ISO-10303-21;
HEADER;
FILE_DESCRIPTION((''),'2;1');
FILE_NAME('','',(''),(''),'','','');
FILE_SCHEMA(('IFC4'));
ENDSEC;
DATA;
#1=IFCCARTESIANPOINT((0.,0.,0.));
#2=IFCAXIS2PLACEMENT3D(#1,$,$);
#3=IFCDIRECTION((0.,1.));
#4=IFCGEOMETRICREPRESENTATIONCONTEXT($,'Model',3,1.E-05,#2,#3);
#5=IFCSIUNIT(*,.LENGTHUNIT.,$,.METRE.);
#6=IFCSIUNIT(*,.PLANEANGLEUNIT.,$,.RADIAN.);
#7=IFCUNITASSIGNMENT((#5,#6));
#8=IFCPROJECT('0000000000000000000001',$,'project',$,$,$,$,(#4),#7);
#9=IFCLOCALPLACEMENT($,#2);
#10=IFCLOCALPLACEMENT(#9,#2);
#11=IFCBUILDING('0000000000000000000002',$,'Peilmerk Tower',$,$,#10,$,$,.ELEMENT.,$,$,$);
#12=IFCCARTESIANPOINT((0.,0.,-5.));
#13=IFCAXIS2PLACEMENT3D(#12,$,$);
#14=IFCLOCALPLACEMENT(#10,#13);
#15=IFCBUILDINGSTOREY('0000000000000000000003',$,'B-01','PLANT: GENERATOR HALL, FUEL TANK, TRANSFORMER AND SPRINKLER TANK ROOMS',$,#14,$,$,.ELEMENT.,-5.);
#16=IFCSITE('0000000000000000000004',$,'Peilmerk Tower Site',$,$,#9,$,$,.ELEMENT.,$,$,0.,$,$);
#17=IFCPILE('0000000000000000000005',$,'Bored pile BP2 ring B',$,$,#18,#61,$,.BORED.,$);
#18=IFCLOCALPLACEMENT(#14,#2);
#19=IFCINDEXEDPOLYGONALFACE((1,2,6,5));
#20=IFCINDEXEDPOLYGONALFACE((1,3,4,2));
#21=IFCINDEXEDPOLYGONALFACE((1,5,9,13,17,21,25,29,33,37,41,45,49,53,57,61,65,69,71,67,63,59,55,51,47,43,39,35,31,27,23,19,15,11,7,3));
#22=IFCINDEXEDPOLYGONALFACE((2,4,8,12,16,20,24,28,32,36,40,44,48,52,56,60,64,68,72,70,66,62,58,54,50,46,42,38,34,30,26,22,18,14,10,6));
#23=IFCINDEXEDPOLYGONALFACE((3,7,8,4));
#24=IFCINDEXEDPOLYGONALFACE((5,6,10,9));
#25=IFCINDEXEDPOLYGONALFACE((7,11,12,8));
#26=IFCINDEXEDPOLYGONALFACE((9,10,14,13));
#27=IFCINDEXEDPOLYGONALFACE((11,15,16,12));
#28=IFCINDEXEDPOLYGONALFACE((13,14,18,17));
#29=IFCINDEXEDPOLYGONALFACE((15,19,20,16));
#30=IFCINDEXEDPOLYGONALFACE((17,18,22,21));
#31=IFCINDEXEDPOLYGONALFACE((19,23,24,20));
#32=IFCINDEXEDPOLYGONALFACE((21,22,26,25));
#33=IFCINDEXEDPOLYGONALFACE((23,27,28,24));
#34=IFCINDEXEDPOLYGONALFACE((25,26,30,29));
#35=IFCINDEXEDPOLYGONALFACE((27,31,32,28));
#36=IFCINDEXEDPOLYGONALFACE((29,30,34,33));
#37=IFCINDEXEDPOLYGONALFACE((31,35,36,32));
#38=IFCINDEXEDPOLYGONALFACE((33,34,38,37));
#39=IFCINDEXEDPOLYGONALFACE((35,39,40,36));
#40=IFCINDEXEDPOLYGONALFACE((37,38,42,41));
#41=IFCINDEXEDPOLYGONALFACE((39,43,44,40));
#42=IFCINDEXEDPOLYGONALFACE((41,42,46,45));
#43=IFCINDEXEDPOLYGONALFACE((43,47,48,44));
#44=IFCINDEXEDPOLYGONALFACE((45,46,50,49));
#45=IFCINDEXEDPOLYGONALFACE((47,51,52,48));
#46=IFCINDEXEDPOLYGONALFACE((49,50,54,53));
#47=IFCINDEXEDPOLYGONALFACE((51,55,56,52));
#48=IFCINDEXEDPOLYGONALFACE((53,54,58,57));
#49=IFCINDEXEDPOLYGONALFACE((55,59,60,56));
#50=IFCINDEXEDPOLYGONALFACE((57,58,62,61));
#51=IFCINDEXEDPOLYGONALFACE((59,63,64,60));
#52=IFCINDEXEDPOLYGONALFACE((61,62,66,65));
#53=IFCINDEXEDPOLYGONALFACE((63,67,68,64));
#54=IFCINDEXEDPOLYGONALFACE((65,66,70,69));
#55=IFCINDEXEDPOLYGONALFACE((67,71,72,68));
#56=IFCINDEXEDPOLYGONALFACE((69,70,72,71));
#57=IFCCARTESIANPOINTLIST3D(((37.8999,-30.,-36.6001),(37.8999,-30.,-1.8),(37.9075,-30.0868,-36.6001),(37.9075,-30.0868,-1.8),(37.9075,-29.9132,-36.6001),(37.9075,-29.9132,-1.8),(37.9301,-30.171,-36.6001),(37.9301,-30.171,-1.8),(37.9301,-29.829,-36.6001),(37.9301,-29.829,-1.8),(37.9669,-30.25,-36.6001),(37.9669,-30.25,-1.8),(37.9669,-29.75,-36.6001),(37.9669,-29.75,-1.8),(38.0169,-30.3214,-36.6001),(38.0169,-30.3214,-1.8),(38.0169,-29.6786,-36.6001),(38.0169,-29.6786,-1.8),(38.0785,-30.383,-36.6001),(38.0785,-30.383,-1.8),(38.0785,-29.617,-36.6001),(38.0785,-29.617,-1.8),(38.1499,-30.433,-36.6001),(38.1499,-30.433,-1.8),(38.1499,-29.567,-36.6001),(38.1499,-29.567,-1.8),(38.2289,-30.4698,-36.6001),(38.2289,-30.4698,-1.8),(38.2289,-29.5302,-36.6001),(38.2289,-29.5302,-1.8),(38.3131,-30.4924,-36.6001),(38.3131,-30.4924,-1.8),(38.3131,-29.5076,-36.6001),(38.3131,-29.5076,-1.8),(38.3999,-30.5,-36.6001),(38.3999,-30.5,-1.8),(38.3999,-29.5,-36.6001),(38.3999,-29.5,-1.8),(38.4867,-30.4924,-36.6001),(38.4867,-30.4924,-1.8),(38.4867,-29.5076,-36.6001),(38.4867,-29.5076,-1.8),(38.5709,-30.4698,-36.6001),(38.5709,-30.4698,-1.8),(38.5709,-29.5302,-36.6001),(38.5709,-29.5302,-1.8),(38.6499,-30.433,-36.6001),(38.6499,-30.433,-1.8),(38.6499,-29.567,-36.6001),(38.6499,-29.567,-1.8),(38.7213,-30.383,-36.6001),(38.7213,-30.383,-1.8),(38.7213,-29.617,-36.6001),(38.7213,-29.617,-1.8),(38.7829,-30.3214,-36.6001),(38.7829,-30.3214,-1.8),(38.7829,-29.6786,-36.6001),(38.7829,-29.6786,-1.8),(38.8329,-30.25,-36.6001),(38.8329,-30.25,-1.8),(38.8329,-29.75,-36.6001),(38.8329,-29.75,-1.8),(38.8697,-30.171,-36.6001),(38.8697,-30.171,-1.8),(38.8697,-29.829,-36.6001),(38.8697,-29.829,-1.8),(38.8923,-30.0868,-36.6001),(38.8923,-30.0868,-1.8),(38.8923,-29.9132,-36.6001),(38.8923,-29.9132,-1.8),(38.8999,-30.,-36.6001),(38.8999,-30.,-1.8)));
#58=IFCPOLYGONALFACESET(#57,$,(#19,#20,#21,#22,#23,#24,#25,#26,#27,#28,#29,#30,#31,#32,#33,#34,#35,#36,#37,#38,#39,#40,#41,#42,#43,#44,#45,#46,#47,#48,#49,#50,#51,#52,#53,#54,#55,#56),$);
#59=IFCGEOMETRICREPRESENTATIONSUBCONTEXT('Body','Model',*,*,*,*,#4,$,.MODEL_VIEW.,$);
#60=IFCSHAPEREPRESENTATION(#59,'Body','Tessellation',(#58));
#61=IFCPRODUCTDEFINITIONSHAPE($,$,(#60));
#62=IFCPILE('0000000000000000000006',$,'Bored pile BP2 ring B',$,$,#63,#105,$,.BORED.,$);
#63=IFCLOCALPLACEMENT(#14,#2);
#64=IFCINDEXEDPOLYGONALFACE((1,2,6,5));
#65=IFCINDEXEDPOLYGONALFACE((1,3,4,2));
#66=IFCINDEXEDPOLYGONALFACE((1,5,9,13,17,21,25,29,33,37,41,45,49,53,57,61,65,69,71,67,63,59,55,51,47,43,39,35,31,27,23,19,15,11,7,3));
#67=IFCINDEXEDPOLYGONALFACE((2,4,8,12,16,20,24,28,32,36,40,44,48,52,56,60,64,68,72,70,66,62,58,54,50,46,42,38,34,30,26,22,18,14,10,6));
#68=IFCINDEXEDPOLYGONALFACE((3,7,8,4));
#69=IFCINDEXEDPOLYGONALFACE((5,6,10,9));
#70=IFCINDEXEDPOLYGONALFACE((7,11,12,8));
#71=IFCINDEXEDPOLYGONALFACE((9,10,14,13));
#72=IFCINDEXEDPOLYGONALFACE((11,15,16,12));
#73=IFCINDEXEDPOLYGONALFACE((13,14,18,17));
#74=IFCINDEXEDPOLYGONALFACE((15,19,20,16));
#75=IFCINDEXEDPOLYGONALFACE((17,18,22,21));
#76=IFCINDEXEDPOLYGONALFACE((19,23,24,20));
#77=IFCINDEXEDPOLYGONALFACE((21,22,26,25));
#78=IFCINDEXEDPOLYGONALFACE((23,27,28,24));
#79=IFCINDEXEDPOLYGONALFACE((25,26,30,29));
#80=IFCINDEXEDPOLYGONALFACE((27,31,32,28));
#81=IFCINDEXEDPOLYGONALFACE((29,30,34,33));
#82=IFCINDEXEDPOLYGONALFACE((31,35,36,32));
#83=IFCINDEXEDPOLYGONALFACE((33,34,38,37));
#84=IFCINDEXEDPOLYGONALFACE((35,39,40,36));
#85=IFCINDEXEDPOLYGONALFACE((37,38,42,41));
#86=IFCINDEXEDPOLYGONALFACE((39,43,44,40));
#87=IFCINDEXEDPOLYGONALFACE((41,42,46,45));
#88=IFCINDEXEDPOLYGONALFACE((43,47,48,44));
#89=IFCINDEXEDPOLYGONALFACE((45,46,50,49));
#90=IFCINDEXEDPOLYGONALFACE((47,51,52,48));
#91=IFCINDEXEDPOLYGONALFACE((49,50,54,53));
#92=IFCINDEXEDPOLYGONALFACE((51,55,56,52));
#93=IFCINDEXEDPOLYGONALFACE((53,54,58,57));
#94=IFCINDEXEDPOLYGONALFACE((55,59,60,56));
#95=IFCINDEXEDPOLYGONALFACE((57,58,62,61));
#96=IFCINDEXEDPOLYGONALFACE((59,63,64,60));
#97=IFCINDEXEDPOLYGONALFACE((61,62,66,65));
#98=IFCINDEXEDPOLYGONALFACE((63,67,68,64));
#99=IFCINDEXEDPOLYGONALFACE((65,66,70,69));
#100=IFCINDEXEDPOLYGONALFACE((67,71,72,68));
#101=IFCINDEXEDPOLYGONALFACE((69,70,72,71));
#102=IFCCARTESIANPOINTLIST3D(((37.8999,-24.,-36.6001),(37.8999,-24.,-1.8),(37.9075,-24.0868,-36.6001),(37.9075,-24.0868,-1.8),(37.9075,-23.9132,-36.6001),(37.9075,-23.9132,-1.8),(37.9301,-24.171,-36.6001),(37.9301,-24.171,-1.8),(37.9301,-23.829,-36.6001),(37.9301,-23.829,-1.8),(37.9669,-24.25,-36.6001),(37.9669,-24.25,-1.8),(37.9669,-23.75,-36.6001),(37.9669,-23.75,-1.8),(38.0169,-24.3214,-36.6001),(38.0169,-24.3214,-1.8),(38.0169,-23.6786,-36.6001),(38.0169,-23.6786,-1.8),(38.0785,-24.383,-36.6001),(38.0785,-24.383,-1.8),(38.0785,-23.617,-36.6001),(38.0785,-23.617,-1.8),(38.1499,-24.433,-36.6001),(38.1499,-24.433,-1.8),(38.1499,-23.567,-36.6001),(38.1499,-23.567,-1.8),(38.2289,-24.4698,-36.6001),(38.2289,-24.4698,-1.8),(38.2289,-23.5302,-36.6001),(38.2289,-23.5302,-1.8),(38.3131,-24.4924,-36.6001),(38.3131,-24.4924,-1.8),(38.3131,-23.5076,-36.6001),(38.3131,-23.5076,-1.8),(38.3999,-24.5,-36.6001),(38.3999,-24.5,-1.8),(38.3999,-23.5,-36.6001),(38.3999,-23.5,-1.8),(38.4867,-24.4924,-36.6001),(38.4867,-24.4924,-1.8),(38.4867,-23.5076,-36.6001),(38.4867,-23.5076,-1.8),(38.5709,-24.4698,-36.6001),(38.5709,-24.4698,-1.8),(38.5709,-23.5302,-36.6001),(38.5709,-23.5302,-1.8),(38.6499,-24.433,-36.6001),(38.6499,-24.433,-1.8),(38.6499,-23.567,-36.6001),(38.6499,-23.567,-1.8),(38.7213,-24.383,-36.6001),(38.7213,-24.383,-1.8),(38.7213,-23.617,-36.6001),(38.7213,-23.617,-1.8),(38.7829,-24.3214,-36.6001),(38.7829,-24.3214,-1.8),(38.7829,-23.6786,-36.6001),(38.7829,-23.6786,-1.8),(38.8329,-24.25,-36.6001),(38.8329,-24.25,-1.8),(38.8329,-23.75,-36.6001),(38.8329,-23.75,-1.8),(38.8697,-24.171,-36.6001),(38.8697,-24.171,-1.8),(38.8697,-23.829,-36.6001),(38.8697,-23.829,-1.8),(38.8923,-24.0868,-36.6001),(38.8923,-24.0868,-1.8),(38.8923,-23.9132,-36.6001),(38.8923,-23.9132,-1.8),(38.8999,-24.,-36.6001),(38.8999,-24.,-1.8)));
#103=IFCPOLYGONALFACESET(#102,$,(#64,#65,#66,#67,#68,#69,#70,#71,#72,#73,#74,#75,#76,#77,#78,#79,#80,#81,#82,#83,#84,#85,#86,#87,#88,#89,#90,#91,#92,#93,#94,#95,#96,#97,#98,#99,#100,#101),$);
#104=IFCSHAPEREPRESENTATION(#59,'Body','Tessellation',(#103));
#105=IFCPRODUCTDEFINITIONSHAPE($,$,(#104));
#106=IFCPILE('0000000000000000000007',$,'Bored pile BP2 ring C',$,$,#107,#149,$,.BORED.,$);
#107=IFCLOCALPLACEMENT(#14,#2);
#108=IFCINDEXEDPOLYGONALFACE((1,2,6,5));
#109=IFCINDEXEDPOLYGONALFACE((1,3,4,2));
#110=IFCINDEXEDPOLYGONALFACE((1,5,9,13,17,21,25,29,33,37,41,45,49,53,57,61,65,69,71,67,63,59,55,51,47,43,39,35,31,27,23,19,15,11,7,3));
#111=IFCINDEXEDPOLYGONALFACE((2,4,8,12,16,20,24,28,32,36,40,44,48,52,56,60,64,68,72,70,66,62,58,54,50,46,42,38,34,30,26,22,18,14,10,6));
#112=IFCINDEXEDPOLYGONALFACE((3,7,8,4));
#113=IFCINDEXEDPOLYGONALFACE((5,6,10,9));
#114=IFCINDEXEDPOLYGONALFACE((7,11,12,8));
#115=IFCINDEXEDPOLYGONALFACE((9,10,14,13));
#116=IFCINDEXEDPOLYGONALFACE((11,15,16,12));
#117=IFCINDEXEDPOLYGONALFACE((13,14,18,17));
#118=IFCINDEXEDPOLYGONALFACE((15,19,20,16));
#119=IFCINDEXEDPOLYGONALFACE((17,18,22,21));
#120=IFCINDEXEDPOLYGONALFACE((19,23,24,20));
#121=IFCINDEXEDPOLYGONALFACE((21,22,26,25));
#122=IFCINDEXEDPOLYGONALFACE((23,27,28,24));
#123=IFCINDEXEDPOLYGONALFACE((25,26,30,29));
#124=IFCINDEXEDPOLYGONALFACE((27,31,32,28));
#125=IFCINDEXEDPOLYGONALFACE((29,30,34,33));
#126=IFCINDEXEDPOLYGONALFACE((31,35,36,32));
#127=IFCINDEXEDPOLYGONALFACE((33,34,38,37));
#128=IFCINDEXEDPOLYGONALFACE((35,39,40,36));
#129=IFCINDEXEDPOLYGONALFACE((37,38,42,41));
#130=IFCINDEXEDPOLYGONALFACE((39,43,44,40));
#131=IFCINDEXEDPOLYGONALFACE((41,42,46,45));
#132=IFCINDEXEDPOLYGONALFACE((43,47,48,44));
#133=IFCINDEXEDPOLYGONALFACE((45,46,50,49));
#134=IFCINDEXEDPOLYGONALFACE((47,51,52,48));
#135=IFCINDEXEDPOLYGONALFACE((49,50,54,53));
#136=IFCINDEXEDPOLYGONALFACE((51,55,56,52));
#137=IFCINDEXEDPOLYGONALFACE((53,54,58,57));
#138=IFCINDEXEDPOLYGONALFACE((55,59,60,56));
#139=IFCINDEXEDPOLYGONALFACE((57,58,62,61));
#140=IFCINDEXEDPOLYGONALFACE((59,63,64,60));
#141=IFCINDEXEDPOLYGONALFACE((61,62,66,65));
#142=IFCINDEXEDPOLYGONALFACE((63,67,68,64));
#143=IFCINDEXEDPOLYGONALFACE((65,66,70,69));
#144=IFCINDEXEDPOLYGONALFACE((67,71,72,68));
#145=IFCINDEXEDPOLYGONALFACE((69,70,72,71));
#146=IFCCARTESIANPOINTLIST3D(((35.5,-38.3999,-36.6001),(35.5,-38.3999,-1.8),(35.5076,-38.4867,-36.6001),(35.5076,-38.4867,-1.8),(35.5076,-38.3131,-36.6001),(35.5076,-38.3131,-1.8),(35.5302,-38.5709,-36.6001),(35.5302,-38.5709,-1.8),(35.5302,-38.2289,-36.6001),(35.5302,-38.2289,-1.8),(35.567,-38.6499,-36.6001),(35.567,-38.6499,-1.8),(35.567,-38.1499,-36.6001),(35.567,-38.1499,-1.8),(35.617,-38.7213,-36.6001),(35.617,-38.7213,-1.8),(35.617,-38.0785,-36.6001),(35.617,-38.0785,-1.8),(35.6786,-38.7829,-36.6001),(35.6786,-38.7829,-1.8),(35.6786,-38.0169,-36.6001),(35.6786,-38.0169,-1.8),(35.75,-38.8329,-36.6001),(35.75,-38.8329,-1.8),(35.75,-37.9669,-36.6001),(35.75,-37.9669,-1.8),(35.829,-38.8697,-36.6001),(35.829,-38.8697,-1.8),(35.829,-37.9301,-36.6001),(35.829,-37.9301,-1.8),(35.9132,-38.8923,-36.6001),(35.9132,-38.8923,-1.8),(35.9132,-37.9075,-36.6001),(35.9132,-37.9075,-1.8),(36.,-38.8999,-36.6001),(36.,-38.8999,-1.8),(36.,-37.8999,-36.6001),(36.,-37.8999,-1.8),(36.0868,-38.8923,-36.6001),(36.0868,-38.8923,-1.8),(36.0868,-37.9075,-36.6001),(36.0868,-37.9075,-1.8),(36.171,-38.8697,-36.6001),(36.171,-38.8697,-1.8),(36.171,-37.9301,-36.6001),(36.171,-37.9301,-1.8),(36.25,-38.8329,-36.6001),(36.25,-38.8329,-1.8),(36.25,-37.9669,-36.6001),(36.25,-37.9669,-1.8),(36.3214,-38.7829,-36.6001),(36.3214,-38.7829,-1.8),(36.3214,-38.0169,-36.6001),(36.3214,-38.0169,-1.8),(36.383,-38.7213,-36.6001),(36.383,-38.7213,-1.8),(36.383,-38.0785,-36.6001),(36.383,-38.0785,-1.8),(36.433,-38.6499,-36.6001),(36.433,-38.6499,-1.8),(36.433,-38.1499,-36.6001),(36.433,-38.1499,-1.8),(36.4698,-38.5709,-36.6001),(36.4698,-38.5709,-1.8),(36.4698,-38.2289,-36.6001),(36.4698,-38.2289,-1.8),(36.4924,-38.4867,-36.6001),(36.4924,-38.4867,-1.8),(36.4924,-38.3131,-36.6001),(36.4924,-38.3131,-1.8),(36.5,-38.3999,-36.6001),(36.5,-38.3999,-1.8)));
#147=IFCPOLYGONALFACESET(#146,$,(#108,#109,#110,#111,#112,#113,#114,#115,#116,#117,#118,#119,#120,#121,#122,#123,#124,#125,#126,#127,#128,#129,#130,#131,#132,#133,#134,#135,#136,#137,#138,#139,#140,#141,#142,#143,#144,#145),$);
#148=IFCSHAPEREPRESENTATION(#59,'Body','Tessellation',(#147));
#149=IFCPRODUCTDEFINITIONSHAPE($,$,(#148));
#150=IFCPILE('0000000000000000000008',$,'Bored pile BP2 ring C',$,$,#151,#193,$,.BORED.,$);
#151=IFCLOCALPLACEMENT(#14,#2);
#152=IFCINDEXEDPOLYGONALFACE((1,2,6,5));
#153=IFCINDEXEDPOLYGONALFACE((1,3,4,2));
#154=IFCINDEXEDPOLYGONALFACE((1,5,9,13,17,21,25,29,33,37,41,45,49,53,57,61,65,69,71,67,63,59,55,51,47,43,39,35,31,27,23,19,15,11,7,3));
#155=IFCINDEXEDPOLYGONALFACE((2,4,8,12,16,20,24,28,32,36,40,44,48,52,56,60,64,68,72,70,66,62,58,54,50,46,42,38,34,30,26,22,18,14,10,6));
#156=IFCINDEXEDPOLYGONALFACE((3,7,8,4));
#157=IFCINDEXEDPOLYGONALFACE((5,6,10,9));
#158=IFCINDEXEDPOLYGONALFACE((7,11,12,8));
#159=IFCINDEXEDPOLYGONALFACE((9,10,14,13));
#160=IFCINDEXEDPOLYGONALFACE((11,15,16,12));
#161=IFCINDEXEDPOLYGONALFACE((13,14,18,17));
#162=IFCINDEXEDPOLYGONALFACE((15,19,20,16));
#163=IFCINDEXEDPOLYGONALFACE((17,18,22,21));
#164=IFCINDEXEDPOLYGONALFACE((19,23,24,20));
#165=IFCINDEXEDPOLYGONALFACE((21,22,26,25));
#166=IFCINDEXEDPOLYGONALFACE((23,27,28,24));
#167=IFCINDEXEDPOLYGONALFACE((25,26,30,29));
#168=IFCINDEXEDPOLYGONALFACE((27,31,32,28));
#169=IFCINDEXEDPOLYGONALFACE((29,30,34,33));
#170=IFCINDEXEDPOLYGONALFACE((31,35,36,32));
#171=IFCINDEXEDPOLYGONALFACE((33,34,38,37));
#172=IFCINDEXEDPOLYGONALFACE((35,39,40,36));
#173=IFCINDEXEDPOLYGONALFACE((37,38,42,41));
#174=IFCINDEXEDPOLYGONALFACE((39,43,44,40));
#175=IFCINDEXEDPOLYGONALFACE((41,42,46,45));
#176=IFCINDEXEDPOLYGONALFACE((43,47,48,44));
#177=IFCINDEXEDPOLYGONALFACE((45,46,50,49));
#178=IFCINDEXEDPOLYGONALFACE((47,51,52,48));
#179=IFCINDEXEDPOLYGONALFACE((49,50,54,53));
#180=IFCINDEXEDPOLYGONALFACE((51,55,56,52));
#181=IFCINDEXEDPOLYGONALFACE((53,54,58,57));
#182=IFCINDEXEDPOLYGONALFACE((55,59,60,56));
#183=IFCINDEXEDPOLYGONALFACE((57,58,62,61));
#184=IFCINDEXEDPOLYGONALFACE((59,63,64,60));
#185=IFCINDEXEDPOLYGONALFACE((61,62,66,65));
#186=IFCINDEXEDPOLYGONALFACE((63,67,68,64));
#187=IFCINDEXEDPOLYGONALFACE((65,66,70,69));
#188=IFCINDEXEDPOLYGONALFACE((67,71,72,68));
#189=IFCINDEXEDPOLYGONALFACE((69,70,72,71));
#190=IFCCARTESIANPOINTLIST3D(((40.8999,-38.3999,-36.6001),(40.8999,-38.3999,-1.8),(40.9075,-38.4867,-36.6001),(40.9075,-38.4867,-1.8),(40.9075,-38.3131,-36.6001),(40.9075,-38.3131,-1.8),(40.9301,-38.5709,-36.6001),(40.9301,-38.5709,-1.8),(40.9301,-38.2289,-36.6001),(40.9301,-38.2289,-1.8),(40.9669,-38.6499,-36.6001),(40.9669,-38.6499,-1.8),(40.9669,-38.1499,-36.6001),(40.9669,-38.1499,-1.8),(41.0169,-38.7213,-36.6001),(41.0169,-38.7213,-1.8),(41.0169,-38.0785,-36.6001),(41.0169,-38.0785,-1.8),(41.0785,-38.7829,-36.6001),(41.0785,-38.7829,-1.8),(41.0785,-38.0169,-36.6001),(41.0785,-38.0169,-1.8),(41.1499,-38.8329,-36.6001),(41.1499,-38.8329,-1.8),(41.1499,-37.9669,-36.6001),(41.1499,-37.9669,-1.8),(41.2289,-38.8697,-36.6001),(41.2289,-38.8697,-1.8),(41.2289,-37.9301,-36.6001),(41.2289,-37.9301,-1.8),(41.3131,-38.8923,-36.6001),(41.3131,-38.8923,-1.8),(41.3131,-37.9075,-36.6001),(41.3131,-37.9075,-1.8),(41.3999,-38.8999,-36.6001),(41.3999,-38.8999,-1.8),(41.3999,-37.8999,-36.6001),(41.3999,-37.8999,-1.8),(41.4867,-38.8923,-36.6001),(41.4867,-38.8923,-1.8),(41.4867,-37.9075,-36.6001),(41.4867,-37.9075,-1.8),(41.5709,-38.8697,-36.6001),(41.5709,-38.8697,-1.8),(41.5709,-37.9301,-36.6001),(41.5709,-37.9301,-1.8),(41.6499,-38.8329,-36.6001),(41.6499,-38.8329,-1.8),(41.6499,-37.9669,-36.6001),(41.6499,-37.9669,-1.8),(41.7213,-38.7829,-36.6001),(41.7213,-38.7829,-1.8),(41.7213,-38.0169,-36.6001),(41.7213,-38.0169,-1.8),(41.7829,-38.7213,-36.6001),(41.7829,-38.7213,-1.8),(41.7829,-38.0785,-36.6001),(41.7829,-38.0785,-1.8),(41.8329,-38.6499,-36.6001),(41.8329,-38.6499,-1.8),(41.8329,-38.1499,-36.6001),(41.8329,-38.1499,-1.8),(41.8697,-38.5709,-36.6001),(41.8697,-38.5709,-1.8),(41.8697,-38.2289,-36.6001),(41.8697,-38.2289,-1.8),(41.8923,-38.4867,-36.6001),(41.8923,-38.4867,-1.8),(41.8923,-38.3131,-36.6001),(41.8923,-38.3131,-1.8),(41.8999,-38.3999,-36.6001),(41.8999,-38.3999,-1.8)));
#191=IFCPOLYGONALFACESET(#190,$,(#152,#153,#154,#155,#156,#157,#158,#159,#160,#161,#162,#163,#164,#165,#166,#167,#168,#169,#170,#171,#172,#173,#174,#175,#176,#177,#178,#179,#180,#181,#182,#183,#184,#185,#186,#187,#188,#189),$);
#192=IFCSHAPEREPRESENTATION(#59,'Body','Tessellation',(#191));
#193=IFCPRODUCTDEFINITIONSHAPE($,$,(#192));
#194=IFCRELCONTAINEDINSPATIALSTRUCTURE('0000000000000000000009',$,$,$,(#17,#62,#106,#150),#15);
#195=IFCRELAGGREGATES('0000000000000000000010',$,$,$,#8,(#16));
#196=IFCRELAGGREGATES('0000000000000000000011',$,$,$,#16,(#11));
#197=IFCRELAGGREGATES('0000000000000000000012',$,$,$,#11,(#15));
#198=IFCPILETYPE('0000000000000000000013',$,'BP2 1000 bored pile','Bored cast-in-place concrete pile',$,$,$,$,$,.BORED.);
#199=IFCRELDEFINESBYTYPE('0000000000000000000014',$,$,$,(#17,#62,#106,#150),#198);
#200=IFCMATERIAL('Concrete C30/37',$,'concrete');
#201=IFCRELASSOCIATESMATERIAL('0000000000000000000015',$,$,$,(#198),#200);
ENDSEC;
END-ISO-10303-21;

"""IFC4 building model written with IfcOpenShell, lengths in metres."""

from ifc_helpers import new_model, si_unit, direction, frame, origin, origin_2d, place, context, subcontext, project, spatial, circle, extrude, material, material_profile, profile_set, type_object, element, save


model = new_model("IFC4")

# Units and contexts
model_context = context("Model", 3, precision=1e-05, world=origin(), true_north=direction((0.0, 1.0)))
body_context = subcontext(model_context, "Body", "Model", "MODEL_VIEW")
ifc_project = project(units=[si_unit("LENGTHUNIT", "METRE"), si_unit("PLANEANGLEUNIT", "RADIAN")], contexts=[model_context])

# Site, building, storey
site_placement = place(None, origin())
site = spatial("IfcSite", under=ifc_project, at=site_placement, Name="Peilmerk Tower Site", CompositionType="ELEMENT", RefElevation=0.0)
building_placement = place(site_placement, origin())
building = spatial("IfcBuilding", under=site, at=building_placement, Name="Peilmerk Tower", CompositionType="ELEMENT")
storey_placement = place(building_placement, frame((0.0, 0.0, -5.0)))
storey = spatial("IfcBuildingStorey", under=building, at=storey_placement, Name="B-01", Description="PLANT: GENERATOR HALL, FUEL TANK, TRANSFORMER AND SPRINKLER TANK ROOMS", CompositionType="ELEMENT", Elevation=-5.0)

# Piles
ifc_material_1 = material(Name="Concrete C30/37", Category="concrete")
ifc_material_profile_1 = material_profile(ifc_material_1, circle(Radius=0.5, at=origin_2d()), Name="BP 1000")
ifc_profile_set_1 = profile_set([ifc_material_profile_1], Name="Concrete C30/37")
pile_type = type_object("IfcPileType", Name="BP2 1000 bored pile", Description="Bored cast-in-place concrete pile", PredefinedType="BORED", material=ifc_profile_set_1)
for number, where, z_axis, x_axis, name in (
    (1, (38.3999, -30.0, -1.8), (0.0, 0.0, -1.0), (1.0, 0.0, 0.0), "Bored pile BP2 ring B"),
    (2, (38.3999, -24.0, -1.8), (0.0, 0.0, -1.0), (1.0, 0.0, 0.0), "Bored pile BP2 ring B"),
    (3, (36.0, -38.3999, -1.8), (0.0, 0.0, -1.0), (1.0, 0.0, 0.0), "Bored pile BP2 ring C"),
    (4, (41.3999, -38.3999, -1.8), (0.0, 0.0, -1.0), (1.0, 0.0, 0.0), "Bored pile BP2 ring C"),
):
    element("IfcPile", number, at=place(storey_placement, frame(where, z_axis=z_axis, x_axis=x_axis)), inside=storey, type_object=pile_type, Name=name, PredefinedType="BORED", context=body_context, shape_type="SweptSolid", body=[
        extrude(circle(Radius=0.5, at=origin_2d()), origin(), (0.0, 0.0, 1.0), 34.8),
    ])

save(model, "model.ifc")
